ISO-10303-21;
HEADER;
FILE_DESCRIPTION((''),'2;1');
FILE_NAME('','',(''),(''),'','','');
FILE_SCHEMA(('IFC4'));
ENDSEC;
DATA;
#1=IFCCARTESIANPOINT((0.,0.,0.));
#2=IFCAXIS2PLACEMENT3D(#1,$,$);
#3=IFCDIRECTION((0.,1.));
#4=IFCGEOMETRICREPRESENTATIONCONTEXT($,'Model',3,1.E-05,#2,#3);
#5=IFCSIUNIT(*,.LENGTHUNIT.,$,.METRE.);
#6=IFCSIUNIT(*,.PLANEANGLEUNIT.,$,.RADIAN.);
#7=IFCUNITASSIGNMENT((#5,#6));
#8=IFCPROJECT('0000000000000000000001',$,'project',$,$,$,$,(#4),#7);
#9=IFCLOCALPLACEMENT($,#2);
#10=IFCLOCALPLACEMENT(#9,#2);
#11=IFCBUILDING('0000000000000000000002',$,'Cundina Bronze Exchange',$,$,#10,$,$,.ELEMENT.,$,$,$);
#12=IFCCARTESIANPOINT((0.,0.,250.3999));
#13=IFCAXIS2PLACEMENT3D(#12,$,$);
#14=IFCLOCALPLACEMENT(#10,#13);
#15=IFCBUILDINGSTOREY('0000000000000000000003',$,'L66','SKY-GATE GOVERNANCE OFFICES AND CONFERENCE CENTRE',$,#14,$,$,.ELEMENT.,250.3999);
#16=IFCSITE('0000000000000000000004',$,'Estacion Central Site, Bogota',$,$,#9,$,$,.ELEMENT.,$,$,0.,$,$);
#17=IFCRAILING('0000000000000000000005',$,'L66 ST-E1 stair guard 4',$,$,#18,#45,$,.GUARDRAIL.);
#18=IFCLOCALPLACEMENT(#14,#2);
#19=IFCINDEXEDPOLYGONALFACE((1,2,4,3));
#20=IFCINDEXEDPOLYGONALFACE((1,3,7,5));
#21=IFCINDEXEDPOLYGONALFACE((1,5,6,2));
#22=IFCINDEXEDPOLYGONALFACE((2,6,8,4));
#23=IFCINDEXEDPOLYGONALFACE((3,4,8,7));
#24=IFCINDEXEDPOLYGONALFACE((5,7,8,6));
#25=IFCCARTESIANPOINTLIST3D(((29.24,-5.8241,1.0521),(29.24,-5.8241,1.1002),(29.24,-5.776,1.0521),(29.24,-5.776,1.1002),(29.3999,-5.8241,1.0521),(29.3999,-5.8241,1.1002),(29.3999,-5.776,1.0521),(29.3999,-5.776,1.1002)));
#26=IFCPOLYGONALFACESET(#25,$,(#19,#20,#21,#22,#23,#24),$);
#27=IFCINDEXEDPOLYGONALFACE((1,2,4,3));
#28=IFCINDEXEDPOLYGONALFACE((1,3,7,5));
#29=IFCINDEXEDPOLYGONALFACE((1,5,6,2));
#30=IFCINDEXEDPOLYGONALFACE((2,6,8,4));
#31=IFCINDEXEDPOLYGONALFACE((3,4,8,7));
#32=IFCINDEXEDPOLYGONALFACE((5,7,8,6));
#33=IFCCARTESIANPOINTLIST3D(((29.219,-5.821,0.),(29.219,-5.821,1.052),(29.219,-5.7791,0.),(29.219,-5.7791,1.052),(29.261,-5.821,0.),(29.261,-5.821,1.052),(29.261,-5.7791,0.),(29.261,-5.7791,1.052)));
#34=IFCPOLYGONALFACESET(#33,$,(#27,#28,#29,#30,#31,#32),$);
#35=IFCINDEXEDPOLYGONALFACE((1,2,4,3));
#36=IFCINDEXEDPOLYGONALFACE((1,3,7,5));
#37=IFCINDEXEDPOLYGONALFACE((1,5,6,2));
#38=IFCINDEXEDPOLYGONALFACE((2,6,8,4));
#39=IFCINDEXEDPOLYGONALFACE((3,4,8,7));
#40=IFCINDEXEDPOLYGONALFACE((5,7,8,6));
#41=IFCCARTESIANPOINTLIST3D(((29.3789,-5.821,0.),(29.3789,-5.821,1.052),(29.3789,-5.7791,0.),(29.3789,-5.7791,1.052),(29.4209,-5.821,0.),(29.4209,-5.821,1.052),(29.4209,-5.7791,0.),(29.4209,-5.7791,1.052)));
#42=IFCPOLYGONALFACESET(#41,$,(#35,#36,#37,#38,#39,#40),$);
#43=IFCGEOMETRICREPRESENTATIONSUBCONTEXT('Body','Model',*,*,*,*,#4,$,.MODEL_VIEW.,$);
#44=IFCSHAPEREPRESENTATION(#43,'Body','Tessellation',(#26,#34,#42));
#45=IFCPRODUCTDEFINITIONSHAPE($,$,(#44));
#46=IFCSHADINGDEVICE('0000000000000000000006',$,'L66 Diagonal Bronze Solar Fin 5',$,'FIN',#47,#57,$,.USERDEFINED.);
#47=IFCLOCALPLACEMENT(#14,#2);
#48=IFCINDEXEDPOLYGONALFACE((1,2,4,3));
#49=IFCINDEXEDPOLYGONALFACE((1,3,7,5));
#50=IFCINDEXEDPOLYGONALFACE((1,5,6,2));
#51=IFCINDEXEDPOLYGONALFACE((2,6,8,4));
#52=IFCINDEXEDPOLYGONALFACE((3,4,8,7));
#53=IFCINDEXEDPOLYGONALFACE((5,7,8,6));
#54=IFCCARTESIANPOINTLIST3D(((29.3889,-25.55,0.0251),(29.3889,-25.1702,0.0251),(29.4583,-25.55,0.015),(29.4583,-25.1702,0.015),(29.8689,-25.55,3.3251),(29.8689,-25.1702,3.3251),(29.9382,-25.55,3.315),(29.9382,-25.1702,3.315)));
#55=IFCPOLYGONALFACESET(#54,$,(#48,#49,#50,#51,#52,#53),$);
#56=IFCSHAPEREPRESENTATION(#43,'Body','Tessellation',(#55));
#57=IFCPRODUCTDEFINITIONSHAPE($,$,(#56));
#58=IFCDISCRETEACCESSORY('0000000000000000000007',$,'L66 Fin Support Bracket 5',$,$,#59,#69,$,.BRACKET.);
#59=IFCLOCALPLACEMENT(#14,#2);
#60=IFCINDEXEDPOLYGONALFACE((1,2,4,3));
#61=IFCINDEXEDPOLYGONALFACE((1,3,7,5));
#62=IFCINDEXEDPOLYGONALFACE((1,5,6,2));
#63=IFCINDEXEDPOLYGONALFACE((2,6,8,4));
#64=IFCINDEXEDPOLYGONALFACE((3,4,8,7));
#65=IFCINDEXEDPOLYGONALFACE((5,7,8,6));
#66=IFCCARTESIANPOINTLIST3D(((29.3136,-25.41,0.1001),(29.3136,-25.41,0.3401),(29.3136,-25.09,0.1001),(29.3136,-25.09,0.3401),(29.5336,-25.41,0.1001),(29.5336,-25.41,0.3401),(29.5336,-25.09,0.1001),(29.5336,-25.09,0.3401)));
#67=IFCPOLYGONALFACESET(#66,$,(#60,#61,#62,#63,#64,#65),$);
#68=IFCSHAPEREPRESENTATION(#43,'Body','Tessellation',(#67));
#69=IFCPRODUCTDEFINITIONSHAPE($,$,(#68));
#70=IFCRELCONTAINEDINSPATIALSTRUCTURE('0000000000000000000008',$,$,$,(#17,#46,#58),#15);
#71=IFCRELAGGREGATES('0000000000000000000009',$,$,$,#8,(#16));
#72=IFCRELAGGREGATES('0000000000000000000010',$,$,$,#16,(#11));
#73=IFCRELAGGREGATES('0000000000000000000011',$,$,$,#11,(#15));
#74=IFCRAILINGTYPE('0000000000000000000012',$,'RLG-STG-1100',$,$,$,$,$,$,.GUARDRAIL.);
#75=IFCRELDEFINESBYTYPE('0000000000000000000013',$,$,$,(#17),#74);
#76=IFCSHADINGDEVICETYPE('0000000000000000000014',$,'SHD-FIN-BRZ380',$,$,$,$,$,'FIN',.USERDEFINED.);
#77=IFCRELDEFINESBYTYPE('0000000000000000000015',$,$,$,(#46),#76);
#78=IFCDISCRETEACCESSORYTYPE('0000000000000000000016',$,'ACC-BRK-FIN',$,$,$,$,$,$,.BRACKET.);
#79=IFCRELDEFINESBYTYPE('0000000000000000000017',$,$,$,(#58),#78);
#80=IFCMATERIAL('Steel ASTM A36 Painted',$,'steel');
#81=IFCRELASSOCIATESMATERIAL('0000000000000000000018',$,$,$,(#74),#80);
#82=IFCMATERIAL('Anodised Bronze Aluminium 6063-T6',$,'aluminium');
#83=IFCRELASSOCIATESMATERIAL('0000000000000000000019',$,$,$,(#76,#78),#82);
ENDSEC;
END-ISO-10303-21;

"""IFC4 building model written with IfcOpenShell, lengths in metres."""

from ifc_helpers import new_model, si_unit, direction, frame, origin, origin_2d, place, context, subcontext, project, spatial, rectangle, extrude, material, material_profile, profile_set, type_object, element, save


model = new_model("IFC4")

# Units and contexts
model_context = context("Model", 3, precision=1e-05, world=origin(), true_north=direction((0.0, 1.0)))
body_context = subcontext(model_context, "Body", "Model", "MODEL_VIEW")
ifc_project = project(units=[si_unit("LENGTHUNIT", "METRE"), si_unit("PLANEANGLEUNIT", "RADIAN")], contexts=[model_context])

# Site, building, storey
site_placement = place(None, origin())
site = spatial("IfcSite", under=ifc_project, at=site_placement, Name="Estacion Central Site, Bogota", CompositionType="ELEMENT", RefElevation=0.0)
building_placement = place(site_placement, origin())
building = spatial("IfcBuilding", under=site, at=building_placement, Name="Cundina Bronze Exchange", CompositionType="ELEMENT")
storey_placement = place(building_placement, frame((0.0, 0.0, 250.3999)))
storey = spatial("IfcBuildingStorey", under=building, at=storey_placement, Name="L66", Description="SKY-GATE GOVERNANCE OFFICES AND CONFERENCE CENTRE", CompositionType="ELEMENT", Elevation=250.3999)

# Shared definitions
ifc_material_1 = material(Name="Anodised Bronze Aluminium 6063-T6", Category="aluminium")

# Shared definitions
ifc_material_2 = material(Name="Steel ASTM A36 Painted", Category="steel")

# Railing
railing_type_1 = type_object("IfcRailingType", Name="RLG-STG-1100", PredefinedType="GUARDRAIL", material=ifc_material_2)
railing_1_placement = place(storey_placement, frame((29.24, -5.8, 0.0)))
element("IfcRailing", 1, at=railing_1_placement, inside=storey, type_object=railing_type_1, Name="L66 ST-E1 stair guard 4", PredefinedType="GUARDRAIL", context=body_context, shape_type="SweptSolid", body=[
    extrude(rectangle(XDim=0.0481, YDim=0.0481, at=origin_2d()), frame((0.0, 0.0, 1.0762), z_axis=(1.0, 0.0, 0.0), x_axis=(0.0, 1.0, 0.0)), (0.0, 0.0, 1.0), 0.1599),
    extrude(rectangle(XDim=0.042, YDim=0.042, at=origin_2d()), origin(), (0.0, 0.0, 1.0), 1.052),
    extrude(rectangle(XDim=0.042, YDim=0.042, at=origin_2d()), frame((0.1599, 0.0, 0.0)), (0.0, 0.0, 1.0), 1.052),
])

# Shading device
ifc_material_profile_1 = material_profile(ifc_material_1, rectangle(XDim=0.0701, YDim=0.3799, at=origin_2d()), Name="FIN70X380", Category="aluminium")
ifc_profile_set_1 = profile_set([ifc_material_profile_1], Name="Anodised Bronze Aluminium 6063-T6")
shading_device_type = type_object("IfcShadingDeviceType", Name="SHD-FIN-BRZ380", ElementType="FIN", PredefinedType="USERDEFINED", material=ifc_profile_set_1)
shading_device_placement = place(storey_placement, frame((29.4236, -25.3601, 0.02), z_axis=(0.143932, 0.0, 0.989588), x_axis=(-0.989588, 0.0, 0.143932)))
element("IfcShadingDevice", 2, at=shading_device_placement, inside=storey, type_object=shading_device_type, Name="L66 Diagonal Bronze Solar Fin 5", ObjectType="FIN", PredefinedType="USERDEFINED", context=body_context, shape_type="SweptSolid", body=[
    extrude(rectangle(XDim=0.0701, YDim=0.3799, at=origin_2d()), origin(), (0.0, 0.0, 1.0), 3.3347),
])

# Discrete accessory
discrete_accessory_type = type_object("IfcDiscreteAccessoryType", Name="ACC-BRK-FIN", PredefinedType="BRACKET", material=ifc_material_1)
discrete_accessory_placement = place(storey_placement, frame((29.4236, -25.25, 0.1001), z_axis=(0.0, 0.0, 1.0), x_axis=(1.0, 0.0, 0.0)))
element("IfcDiscreteAccessory", 3, at=discrete_accessory_placement, inside=storey, type_object=discrete_accessory_type, Name="L66 Fin Support Bracket 5", PredefinedType="BRACKET", context=body_context, shape_type="SweptSolid", body=[
    extrude(rectangle(XDim=0.22, YDim=0.3201, at=origin_2d()), origin(), (0.0, 0.0, 1.0), 0.24),
])

save(model, "model.ifc")
